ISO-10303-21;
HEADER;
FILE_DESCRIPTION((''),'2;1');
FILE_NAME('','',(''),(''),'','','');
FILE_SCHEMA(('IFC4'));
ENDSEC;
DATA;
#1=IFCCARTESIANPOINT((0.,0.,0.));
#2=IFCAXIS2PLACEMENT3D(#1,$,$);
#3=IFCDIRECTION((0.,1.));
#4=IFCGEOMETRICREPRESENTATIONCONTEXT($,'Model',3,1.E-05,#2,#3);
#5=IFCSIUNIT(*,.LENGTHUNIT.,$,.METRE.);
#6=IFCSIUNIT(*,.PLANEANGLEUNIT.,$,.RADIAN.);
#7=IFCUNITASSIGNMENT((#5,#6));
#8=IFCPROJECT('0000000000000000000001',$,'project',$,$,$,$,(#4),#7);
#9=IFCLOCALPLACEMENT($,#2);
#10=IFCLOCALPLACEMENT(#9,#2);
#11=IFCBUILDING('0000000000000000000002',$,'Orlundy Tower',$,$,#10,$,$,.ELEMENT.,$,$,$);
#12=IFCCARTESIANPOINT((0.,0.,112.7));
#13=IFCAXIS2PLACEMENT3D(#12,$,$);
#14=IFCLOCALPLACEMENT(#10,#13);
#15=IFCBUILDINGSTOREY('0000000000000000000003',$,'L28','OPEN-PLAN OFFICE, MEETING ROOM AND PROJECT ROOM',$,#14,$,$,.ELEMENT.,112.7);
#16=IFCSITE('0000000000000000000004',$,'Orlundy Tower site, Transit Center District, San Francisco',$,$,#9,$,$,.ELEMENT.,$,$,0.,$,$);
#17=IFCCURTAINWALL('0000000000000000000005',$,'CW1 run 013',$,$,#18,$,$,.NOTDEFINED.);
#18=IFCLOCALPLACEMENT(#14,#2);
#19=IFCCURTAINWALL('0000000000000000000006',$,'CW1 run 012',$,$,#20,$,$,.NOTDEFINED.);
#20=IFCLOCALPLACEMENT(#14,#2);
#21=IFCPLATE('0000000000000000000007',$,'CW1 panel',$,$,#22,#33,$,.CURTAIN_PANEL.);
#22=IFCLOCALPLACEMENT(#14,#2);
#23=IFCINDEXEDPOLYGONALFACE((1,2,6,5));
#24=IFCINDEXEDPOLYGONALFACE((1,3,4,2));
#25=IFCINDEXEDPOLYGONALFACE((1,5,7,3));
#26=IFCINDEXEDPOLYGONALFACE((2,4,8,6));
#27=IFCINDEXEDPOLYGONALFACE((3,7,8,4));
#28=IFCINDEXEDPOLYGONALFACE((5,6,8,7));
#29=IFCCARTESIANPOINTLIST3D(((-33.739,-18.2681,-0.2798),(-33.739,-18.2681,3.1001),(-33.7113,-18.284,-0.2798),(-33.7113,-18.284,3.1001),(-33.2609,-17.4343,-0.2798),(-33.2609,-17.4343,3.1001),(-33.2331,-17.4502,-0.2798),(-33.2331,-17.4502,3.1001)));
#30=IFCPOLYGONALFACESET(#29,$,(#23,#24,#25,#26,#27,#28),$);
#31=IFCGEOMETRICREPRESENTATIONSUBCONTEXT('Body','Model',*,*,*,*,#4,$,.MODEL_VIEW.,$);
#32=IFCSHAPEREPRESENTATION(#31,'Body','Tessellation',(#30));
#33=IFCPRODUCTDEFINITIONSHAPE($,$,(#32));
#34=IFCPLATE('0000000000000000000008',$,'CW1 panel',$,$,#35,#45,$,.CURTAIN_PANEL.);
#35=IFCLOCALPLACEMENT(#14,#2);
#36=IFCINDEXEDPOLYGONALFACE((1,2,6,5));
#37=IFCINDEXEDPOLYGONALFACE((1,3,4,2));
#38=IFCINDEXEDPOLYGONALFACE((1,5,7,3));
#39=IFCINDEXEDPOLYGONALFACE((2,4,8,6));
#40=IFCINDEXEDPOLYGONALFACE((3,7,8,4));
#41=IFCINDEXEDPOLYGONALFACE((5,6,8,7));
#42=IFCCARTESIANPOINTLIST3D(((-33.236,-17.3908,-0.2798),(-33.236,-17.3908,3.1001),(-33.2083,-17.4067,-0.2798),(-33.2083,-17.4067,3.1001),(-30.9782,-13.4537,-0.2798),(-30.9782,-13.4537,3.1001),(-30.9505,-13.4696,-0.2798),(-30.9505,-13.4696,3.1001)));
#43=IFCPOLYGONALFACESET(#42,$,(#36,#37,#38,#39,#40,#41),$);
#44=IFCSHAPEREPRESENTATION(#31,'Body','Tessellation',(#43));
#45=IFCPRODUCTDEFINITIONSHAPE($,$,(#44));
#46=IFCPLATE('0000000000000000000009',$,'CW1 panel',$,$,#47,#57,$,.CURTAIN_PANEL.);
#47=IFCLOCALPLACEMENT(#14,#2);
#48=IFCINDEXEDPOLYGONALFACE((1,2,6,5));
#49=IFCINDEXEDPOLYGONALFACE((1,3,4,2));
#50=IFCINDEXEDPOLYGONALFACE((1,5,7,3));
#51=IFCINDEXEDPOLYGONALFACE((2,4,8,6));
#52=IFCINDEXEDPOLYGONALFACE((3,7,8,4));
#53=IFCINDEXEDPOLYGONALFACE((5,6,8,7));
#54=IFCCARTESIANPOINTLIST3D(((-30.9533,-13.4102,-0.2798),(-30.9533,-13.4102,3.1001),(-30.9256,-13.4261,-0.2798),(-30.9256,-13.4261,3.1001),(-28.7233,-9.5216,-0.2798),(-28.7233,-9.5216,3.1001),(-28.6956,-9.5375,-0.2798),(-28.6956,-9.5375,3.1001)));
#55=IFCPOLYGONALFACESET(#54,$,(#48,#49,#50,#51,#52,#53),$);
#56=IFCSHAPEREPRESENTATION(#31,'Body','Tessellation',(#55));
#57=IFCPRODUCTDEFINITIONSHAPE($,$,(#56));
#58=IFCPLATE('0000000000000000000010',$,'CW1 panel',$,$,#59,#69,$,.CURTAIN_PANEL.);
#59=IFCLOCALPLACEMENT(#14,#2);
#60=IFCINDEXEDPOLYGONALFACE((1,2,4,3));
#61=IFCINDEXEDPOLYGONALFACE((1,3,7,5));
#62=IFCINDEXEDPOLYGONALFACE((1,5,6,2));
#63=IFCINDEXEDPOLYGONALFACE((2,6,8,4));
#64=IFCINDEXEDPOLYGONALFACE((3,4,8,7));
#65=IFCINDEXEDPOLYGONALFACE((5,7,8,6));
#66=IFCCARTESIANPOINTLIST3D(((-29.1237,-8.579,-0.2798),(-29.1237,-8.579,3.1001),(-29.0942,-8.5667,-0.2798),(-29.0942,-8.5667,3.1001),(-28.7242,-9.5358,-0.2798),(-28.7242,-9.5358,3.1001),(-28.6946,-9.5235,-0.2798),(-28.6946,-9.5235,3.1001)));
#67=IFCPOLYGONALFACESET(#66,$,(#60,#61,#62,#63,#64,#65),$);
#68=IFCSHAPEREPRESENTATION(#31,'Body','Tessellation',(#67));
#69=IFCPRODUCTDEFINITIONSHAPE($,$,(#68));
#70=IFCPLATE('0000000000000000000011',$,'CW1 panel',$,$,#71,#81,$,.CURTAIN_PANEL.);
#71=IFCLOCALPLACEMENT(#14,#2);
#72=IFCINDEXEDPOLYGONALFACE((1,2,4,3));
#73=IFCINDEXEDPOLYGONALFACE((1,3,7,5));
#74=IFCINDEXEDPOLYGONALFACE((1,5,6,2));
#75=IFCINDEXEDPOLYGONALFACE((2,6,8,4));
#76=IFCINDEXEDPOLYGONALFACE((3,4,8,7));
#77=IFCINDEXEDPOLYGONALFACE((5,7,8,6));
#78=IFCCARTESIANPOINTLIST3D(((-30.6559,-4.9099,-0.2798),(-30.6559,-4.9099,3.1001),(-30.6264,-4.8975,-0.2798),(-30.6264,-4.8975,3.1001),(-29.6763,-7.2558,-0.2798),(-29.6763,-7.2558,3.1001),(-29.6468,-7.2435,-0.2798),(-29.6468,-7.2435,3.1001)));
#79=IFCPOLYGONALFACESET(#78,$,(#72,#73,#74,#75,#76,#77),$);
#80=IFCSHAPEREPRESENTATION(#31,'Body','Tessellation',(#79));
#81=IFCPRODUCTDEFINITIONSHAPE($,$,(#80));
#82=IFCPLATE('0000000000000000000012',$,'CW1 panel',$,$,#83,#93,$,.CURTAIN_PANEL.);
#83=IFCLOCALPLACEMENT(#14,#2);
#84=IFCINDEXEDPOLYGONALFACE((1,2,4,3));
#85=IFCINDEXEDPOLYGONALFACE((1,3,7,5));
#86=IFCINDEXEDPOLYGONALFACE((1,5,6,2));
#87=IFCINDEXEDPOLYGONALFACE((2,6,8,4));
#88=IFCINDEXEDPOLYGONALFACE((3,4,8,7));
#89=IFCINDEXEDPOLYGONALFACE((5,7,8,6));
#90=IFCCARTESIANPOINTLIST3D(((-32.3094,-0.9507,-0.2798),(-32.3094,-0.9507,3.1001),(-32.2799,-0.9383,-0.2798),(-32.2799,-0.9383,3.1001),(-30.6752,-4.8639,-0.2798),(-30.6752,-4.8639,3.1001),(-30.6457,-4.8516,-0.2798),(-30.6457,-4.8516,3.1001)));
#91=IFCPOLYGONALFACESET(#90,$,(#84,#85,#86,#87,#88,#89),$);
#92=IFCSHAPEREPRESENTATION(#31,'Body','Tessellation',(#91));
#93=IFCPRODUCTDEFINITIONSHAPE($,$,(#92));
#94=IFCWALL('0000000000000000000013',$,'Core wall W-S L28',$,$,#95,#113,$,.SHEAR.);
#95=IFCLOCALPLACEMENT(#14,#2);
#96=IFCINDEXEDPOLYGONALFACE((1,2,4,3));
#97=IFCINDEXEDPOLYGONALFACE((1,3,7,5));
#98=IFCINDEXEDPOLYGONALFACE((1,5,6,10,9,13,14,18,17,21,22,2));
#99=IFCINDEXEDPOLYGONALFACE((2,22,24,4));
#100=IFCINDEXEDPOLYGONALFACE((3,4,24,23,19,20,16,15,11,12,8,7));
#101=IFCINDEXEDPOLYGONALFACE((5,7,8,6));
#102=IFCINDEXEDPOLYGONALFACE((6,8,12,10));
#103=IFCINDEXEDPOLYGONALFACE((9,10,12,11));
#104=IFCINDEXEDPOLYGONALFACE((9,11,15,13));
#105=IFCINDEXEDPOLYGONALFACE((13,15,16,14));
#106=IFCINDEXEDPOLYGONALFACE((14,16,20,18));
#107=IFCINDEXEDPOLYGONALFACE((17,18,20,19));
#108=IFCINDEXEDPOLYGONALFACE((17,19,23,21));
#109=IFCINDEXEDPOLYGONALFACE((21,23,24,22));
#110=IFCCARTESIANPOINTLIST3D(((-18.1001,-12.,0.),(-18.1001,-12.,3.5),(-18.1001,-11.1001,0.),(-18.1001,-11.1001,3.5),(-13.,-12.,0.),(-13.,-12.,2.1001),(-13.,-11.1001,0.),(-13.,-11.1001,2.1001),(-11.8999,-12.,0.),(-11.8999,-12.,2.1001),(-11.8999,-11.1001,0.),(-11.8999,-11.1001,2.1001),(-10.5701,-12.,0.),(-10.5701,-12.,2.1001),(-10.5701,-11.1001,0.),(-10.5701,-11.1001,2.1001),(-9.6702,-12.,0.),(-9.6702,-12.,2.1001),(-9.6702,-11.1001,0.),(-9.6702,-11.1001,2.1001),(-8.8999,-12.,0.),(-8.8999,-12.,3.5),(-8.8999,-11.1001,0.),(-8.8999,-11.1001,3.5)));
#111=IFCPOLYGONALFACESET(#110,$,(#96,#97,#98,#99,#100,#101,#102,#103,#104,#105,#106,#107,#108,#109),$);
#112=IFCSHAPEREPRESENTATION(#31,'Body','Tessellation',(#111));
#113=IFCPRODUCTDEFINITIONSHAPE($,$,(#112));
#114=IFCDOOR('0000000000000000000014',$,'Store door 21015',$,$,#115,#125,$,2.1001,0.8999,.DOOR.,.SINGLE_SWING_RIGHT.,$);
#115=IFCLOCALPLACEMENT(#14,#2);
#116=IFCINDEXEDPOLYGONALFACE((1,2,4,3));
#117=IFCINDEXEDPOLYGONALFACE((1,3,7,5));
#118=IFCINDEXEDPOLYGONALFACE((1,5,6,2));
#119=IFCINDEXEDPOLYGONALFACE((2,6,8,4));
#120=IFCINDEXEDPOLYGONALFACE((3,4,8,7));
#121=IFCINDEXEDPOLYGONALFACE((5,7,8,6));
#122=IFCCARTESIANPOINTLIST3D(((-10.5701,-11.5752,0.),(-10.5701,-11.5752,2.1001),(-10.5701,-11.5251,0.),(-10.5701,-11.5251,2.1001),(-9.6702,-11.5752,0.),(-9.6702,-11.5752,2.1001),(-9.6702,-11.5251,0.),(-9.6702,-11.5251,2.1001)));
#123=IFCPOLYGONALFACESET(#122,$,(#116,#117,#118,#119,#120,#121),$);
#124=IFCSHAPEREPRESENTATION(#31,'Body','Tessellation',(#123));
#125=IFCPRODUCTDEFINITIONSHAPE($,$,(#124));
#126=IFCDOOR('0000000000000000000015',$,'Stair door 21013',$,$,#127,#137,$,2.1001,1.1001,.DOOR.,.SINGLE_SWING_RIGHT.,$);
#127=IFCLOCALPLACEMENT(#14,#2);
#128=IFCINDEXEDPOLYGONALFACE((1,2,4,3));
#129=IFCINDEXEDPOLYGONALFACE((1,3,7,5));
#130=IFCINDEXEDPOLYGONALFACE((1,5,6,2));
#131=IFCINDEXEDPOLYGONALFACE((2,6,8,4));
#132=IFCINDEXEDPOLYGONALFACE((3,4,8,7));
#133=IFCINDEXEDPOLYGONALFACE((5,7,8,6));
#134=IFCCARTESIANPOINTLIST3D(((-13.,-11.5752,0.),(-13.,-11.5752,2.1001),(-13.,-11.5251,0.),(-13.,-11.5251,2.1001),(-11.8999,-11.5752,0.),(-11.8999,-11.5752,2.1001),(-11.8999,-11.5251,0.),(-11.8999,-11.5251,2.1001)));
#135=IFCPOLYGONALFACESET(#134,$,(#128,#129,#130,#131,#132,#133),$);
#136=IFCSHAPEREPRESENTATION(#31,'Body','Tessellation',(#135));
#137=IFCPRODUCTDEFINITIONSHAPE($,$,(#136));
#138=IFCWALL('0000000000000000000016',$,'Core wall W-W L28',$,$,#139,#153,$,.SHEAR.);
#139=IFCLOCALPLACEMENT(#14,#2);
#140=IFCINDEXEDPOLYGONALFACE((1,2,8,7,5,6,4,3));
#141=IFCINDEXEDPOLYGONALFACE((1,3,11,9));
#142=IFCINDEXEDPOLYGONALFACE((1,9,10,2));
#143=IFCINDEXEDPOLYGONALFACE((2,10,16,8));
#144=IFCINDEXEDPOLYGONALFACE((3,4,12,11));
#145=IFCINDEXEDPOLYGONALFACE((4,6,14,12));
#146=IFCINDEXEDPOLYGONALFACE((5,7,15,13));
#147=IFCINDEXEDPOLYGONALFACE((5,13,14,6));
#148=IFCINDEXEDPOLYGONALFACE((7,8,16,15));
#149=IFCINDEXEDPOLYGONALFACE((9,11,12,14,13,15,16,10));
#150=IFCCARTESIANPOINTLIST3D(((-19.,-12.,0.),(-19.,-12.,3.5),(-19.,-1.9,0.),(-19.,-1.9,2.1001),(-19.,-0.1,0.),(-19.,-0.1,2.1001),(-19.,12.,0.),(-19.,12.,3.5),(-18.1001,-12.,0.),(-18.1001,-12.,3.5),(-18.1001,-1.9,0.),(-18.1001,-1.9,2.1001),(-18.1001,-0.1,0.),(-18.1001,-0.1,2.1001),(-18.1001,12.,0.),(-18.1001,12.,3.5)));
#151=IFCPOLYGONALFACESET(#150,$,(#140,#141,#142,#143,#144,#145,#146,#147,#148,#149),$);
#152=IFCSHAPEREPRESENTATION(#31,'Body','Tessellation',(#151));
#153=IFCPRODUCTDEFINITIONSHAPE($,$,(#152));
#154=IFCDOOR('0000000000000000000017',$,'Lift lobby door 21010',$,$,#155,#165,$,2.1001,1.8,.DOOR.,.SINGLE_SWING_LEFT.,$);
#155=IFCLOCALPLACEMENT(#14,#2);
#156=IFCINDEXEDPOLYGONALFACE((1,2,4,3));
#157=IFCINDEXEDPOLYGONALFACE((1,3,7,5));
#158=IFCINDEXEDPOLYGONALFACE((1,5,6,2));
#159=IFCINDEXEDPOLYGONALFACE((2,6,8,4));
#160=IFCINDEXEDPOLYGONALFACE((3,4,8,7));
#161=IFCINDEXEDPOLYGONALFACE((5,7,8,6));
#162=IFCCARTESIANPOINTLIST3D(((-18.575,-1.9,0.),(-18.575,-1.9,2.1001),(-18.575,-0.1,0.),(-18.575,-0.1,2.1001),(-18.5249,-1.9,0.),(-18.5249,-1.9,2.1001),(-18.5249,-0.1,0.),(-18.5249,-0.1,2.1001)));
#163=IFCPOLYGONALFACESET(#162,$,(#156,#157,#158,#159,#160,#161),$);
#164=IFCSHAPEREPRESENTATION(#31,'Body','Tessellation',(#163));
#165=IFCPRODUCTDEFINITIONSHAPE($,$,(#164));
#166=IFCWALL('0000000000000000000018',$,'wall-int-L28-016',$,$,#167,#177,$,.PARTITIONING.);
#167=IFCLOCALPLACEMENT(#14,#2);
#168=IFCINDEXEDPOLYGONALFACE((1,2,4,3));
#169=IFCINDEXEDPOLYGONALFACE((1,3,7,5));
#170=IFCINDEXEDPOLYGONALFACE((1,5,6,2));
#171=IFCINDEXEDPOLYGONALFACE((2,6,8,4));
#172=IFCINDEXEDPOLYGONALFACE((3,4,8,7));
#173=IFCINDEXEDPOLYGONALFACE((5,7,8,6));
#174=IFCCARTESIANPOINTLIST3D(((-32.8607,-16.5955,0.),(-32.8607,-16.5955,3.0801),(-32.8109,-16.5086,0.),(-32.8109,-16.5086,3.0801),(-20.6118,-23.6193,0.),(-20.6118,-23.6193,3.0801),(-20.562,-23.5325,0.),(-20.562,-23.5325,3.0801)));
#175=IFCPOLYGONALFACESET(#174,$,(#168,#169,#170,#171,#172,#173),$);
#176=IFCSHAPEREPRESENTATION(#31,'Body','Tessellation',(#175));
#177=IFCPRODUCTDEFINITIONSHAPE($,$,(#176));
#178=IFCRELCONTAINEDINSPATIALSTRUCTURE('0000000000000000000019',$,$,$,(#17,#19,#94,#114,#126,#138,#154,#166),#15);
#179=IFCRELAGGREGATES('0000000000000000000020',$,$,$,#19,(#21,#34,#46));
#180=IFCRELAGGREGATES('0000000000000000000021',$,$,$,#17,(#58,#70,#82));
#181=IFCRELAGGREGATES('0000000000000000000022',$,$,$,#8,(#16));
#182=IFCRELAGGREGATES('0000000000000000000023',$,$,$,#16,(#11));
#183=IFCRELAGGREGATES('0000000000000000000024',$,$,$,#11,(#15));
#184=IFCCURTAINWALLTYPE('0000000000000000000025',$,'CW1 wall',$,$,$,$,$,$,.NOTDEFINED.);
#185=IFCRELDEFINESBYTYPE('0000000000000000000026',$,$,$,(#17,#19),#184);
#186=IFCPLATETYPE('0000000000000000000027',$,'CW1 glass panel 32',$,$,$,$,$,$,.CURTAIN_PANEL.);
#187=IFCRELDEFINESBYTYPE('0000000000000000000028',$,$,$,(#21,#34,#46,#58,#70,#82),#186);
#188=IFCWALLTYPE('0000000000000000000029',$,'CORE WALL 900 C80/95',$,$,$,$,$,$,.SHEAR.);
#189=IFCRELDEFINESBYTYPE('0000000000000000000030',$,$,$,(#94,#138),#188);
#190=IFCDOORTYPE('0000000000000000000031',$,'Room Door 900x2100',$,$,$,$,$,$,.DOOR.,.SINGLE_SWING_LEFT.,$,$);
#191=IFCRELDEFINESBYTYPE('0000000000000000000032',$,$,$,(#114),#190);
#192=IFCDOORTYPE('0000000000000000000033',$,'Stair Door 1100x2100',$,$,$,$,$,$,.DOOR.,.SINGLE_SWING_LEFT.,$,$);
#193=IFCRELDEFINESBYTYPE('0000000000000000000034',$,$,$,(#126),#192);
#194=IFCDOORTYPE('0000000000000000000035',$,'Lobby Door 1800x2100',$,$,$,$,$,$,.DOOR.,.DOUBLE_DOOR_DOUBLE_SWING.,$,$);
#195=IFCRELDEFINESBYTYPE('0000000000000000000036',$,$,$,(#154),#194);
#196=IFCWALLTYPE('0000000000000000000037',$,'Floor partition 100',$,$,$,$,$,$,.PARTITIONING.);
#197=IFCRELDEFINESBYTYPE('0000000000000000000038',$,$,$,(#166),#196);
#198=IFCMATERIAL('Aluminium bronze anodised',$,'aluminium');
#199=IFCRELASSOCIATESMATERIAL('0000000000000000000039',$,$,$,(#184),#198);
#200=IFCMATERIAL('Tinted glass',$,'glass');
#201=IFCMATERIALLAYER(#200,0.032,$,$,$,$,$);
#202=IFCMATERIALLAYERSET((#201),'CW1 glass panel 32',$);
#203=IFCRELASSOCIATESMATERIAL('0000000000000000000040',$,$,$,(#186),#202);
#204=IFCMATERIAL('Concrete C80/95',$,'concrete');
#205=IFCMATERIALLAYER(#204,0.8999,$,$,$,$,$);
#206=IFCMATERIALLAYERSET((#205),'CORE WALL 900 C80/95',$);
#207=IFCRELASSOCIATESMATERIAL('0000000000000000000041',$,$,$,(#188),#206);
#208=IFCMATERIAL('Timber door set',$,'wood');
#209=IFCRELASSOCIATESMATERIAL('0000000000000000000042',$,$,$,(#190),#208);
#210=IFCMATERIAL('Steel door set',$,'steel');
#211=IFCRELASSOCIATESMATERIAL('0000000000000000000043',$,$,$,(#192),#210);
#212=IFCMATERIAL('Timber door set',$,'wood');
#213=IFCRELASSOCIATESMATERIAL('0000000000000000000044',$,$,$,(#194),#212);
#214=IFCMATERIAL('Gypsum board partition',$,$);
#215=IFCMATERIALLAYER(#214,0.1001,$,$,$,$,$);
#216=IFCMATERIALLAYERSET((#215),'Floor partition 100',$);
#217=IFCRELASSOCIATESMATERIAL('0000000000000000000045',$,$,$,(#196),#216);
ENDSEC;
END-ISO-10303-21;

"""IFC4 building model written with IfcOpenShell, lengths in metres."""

from ifc_helpers import new_model, si_unit, direction, frame, frame_2d, origin, origin_2d, place, context, subcontext, project, spatial, rectangle, extrude, material, layer, layer_set, type_object, element, fill, aggregate, save


model = new_model("IFC4")

# Units and contexts
model_context = context("Model", 3, precision=1e-05, world=origin(), true_north=direction((0.0, 1.0)))
body_context = subcontext(model_context, "Body", "Model", "MODEL_VIEW")
ifc_project = project(units=[si_unit("LENGTHUNIT", "METRE"), si_unit("PLANEANGLEUNIT", "RADIAN")], contexts=[model_context])

# Site, building, storey
site_placement = place(None, origin())
site = spatial("IfcSite", under=ifc_project, at=site_placement, Name="Orlundy Tower site, Transit Center District, San Francisco", CompositionType="ELEMENT", RefElevation=0.0)
building_placement = place(site_placement, origin())
building = spatial("IfcBuilding", under=site, at=building_placement, Name="Orlundy Tower", CompositionType="ELEMENT")
storey_placement = place(building_placement, frame((0.0, 0.0, 112.7)))
storey = spatial("IfcBuildingStorey", under=building, at=storey_placement, Name="L28", Description="OPEN-PLAN OFFICE, MEETING ROOM AND PROJECT ROOM", CompositionType="ELEMENT", Elevation=112.7)

# Curtain wall
ifc_material_1 = material(Name="Aluminium bronze anodised", Category="aluminium")
curtain_wall_type = type_object("IfcCurtainWallType", Name="CW1 wall", PredefinedType="NOTDEFINED", material=ifc_material_1)
curtain_wall_1_placement = place(storey_placement, origin())
curtain_wall_1 = element("IfcCurtainWall", 1, at=curtain_wall_1_placement, inside=storey, type_object=curtain_wall_type, Name="CW1 run 013", PredefinedType="NOTDEFINED")

# Curtain wall
curtain_wall_2_placement = place(storey_placement, origin())
curtain_wall_2 = element("IfcCurtainWall", 2, at=curtain_wall_2_placement, inside=storey, type_object=curtain_wall_type, Name="CW1 run 012", PredefinedType="NOTDEFINED")

# Plates
ifc_material_2 = material(Name="Tinted glass", Category="glass")
ifc_layer_1 = layer(ifc_material_2, 0.032)
ifc_layer_set_1 = layer_set([ifc_layer_1], Name="CW1 glass panel 32")
plate_type = type_object("IfcPlateType", Name="CW1 glass panel 32", PredefinedType="CURTAIN_PANEL", material=ifc_layer_set_1)
plate_1_placement = place(storey_placement, frame((-33.4861, -17.8591, -0.2798), z_axis=(0.0, 0.0, 1.0), x_axis=(0.497468, 0.867482, 0.0)))
plate_1 = element("IfcPlate", 3, at=plate_1_placement, type_object=plate_type, Name="CW1 panel", PredefinedType="CURTAIN_PANEL", context=body_context, shape_type="SweptSolid", body=[
    extrude(rectangle(XDim=0.9612, YDim=0.032, at=origin_2d()), origin(), (0.0, 0.0, 1.0), 3.3799),
])
plate_2_placement = place(storey_placement, frame((-32.0933, -15.4302, -0.2798), z_axis=(0.0, 0.0, 1.0), x_axis=(0.497468, 0.867482, 0.0)))
plate_2 = element("IfcPlate", 4, at=plate_2_placement, type_object=plate_type, Name="CW1 panel", PredefinedType="CURTAIN_PANEL", context=body_context, shape_type="SweptSolid", body=[
    extrude(rectangle(XDim=4.5386, YDim=0.032, at=origin_2d()), origin(), (0.0, 0.0, 1.0), 3.3799),
])
plate_3_placement = place(storey_placement, frame((-29.8245, -11.4739, -0.2798), z_axis=(0.0, 0.0, 1.0), x_axis=(0.497468, 0.867482, 0.0)))
plate_3 = element("IfcPlate", 5, at=plate_3_placement, type_object=plate_type, Name="CW1 panel", PredefinedType="CURTAIN_PANEL", context=body_context, shape_type="SweptSolid", body=[
    extrude(rectangle(XDim=4.4827, YDim=0.032, at=origin_2d()), origin(), (0.0, 0.0, 1.0), 3.3799),
])
aggregate(curtain_wall_2, [plate_1, plate_2, plate_3])
plate_4_placement = place(storey_placement, frame((-28.9092, -9.0513, -0.2798), z_axis=(0.0, 0.0, 1.0), x_axis=(-0.385344, 0.922773, 0.0)))
plate_4 = element("IfcPlate", 6, at=plate_4_placement, type_object=plate_type, Name="CW1 panel", PredefinedType="CURTAIN_PANEL", context=body_context, shape_type="SweptSolid", body=[
    extrude(rectangle(XDim=1.0369, YDim=0.032, at=origin_2d()), origin(), (0.0, 0.0, 1.0), 3.3799),
])
plate_5_placement = place(storey_placement, frame((-30.1514, -6.0767, -0.2798), z_axis=(0.0, 0.0, 1.0), x_axis=(-0.385344, 0.922773, 0.0)))
plate_5 = element("IfcPlate", 7, at=plate_5_placement, type_object=plate_type, Name="CW1 panel", PredefinedType="CURTAIN_PANEL", context=body_context, shape_type="SweptSolid", body=[
    extrude(rectangle(XDim=2.5422, YDim=0.032, at=origin_2d()), origin(), (0.0, 0.0, 1.0), 3.3799),
])
plate_6_placement = place(storey_placement, frame((-31.4775, -2.9011, -0.2798), z_axis=(0.0, 0.0, 1.0), x_axis=(-0.385344, 0.922773, 0.0)))
plate_6 = element("IfcPlate", 8, at=plate_6_placement, type_object=plate_type, Name="CW1 panel", PredefinedType="CURTAIN_PANEL", context=body_context, shape_type="SweptSolid", body=[
    extrude(rectangle(XDim=4.2407, YDim=0.032, at=origin_2d()), origin(), (0.0, 0.0, 1.0), 3.3799),
])
aggregate(curtain_wall_1, [plate_4, plate_5, plate_6])

# Wall, openings, doors
ifc_material_3 = material(Name="Concrete C80/95", Category="concrete")
ifc_layer_2 = layer(ifc_material_3, 0.8999)
ifc_layer_set_2 = layer_set([ifc_layer_2], Name="CORE WALL 900 C80/95")
wall_type_1 = type_object("IfcWallType", Name="CORE WALL 900 C80/95", PredefinedType="SHEAR", material=ifc_layer_set_2)
wall_1_placement = place(storey_placement, frame((-18.1001, -11.55, 0.0), z_axis=(0.0, 0.0, 1.0), x_axis=(1.0, 0.0, 0.0)))
wall_1 = element("IfcWall", 9, at=wall_1_placement, inside=storey, type_object=wall_type_1, Name="Core wall W-S L28", PredefinedType="SHEAR", context=body_context, shape_type="SweptSolid", body=[
    extrude(rectangle(XDim=9.2002, YDim=0.8999, at=frame_2d((4.6001, 0.0))), origin(), (0.0, 0.0, 1.0), 3.5),
])
opening_1_placement = place(wall_1_placement, frame((5.1001, 0.0, 0.0)))
opening_1 = element("IfcOpeningElement", 10, at=opening_1_placement, cuts=wall_1, PredefinedType="OPENING", context=body_context, shape_type="SweptSolid", body=[
    extrude(rectangle(XDim=1.1001, YDim=2.1001, at=frame_2d((0.55, 1.05))), frame((0.0, 0.46, 0.0), z_axis=(0.0, -1.0, 0.0), x_axis=(1.0, 0.0, 0.0)), (0.0, 0.0, 1.0), 0.9199),
])
opening_2_placement = place(wall_1_placement, frame((7.53, 0.0, 0.0)))
opening_2 = element("IfcOpeningElement", 11, at=opening_2_placement, cuts=wall_1, PredefinedType="OPENING", context=body_context, shape_type="SweptSolid", body=[
    extrude(rectangle(XDim=0.8999, YDim=2.1001, at=frame_2d((0.45, 1.05))), frame((0.0, 0.46, 0.0), z_axis=(0.0, -1.0, 0.0), x_axis=(1.0, 0.0, 0.0)), (0.0, 0.0, 1.0), 0.9199),
])
ifc_material_4 = material(Name="Timber door set", Category="wood")
door_type_1 = type_object("IfcDoorType", Name="Room Door 900x2100", OperationType="SINGLE_SWING_LEFT", PredefinedType="DOOR", material=ifc_material_4)
door_1_placement = place(opening_2_placement, origin())
door_1 = element("IfcDoor", 12, at=door_1_placement, inside=storey, type_object=door_type_1, Name="Store door 21015", OperationType="SINGLE_SWING_RIGHT", OverallHeight=2.1001, OverallWidth=0.8999, PredefinedType="DOOR", context=body_context, shape_type="SweptSolid", body=[
    extrude(rectangle(XDim=0.8999, YDim=2.1001, at=frame_2d((0.45, 1.05))), frame((0.0, 0.0249, 0.0), z_axis=(0.0, -1.0, 0.0), x_axis=(1.0, 0.0, 0.0)), (0.0, 0.0, 1.0), 0.05),
])
fill(opening_2, door_1)
ifc_material_5 = material(Name="Steel door set", Category="steel")
door_type_2 = type_object("IfcDoorType", Name="Stair Door 1100x2100", OperationType="SINGLE_SWING_LEFT", PredefinedType="DOOR", material=ifc_material_5)
door_2_placement = place(opening_1_placement, origin())
door_2 = element("IfcDoor", 13, at=door_2_placement, inside=storey, type_object=door_type_2, Name="Stair door 21013", OperationType="SINGLE_SWING_RIGHT", OverallHeight=2.1001, OverallWidth=1.1001, PredefinedType="DOOR", context=body_context, shape_type="SweptSolid", body=[
    extrude(rectangle(XDim=1.1001, YDim=2.1001, at=frame_2d((0.55, 1.05))), frame((0.0, 0.0249, 0.0), z_axis=(0.0, -1.0, 0.0), x_axis=(1.0, 0.0, 0.0)), (0.0, 0.0, 1.0), 0.05),
])
fill(opening_1, door_2)

# Wall, opening, door
wall_2_placement = place(storey_placement, frame((-18.55, -12.0, 0.0), z_axis=(0.0, 0.0, 1.0), x_axis=(0.0, 1.0, 0.0)))
wall_2 = element("IfcWall", 14, at=wall_2_placement, inside=storey, type_object=wall_type_1, Name="Core wall W-W L28", PredefinedType="SHEAR", context=body_context, shape_type="SweptSolid", body=[
    extrude(rectangle(XDim=24.0, YDim=0.8999, at=frame_2d((12.0, 0.0))), origin(), (0.0, 0.0, 1.0), 3.5),
])
opening_3_placement = place(wall_2_placement, frame((10.1001, 0.0, 0.0)))
opening_3 = element("IfcOpeningElement", 15, at=opening_3_placement, cuts=wall_2, PredefinedType="OPENING", context=body_context, shape_type="SweptSolid", body=[
    extrude(rectangle(XDim=1.8, YDim=2.1001, at=frame_2d((0.8999, 1.05))), frame((0.0, 0.46, 0.0), z_axis=(0.0, -1.0, 0.0), x_axis=(1.0, 0.0, 0.0)), (0.0, 0.0, 1.0), 0.9199),
])
ifc_material_6 = material(Name="Timber door set", Category="wood")
door_type_3 = type_object("IfcDoorType", Name="Lobby Door 1800x2100", OperationType="DOUBLE_DOOR_DOUBLE_SWING", PredefinedType="DOOR", material=ifc_material_6)
door_3_placement = place(opening_3_placement, origin())
door_3 = element("IfcDoor", 16, at=door_3_placement, inside=storey, type_object=door_type_3, Name="Lift lobby door 21010", OperationType="SINGLE_SWING_LEFT", OverallHeight=2.1001, OverallWidth=1.8, PredefinedType="DOOR", context=body_context, shape_type="SweptSolid", body=[
    extrude(rectangle(XDim=1.8, YDim=2.1001, at=frame_2d((0.8999, 1.05))), frame((0.0, 0.0249, 0.0), z_axis=(0.0, -1.0, 0.0), x_axis=(1.0, 0.0, 0.0)), (0.0, 0.0, 1.0), 0.05),
])
fill(opening_3, door_3)

# Wall
ifc_material_7 = material(Name="Gypsum board partition")
ifc_layer_3 = layer(ifc_material_7, 0.1001)
ifc_layer_set_3 = layer_set([ifc_layer_3], Name="Floor partition 100")
wall_type_2 = type_object("IfcWallType", Name="Floor partition 100", PredefinedType="PARTITIONING", material=ifc_layer_set_3)
wall_3_placement = place(storey_placement, frame((-32.8359, -16.552, 0.0), z_axis=(0.0, 0.0, 1.0), x_axis=(0.867495, -0.497446, 0.0)))
element("IfcWall", 17, at=wall_3_placement, inside=storey, type_object=wall_type_2, Name="wall-int-L28-016", PredefinedType="PARTITIONING", context=body_context, shape_type="SweptSolid", body=[
    extrude(rectangle(XDim=14.1199, YDim=0.1001, at=frame_2d((7.0601, 0.0))), origin(), (0.0, 0.0, 1.0), 3.0801),
])

save(model, "model.ifc")
